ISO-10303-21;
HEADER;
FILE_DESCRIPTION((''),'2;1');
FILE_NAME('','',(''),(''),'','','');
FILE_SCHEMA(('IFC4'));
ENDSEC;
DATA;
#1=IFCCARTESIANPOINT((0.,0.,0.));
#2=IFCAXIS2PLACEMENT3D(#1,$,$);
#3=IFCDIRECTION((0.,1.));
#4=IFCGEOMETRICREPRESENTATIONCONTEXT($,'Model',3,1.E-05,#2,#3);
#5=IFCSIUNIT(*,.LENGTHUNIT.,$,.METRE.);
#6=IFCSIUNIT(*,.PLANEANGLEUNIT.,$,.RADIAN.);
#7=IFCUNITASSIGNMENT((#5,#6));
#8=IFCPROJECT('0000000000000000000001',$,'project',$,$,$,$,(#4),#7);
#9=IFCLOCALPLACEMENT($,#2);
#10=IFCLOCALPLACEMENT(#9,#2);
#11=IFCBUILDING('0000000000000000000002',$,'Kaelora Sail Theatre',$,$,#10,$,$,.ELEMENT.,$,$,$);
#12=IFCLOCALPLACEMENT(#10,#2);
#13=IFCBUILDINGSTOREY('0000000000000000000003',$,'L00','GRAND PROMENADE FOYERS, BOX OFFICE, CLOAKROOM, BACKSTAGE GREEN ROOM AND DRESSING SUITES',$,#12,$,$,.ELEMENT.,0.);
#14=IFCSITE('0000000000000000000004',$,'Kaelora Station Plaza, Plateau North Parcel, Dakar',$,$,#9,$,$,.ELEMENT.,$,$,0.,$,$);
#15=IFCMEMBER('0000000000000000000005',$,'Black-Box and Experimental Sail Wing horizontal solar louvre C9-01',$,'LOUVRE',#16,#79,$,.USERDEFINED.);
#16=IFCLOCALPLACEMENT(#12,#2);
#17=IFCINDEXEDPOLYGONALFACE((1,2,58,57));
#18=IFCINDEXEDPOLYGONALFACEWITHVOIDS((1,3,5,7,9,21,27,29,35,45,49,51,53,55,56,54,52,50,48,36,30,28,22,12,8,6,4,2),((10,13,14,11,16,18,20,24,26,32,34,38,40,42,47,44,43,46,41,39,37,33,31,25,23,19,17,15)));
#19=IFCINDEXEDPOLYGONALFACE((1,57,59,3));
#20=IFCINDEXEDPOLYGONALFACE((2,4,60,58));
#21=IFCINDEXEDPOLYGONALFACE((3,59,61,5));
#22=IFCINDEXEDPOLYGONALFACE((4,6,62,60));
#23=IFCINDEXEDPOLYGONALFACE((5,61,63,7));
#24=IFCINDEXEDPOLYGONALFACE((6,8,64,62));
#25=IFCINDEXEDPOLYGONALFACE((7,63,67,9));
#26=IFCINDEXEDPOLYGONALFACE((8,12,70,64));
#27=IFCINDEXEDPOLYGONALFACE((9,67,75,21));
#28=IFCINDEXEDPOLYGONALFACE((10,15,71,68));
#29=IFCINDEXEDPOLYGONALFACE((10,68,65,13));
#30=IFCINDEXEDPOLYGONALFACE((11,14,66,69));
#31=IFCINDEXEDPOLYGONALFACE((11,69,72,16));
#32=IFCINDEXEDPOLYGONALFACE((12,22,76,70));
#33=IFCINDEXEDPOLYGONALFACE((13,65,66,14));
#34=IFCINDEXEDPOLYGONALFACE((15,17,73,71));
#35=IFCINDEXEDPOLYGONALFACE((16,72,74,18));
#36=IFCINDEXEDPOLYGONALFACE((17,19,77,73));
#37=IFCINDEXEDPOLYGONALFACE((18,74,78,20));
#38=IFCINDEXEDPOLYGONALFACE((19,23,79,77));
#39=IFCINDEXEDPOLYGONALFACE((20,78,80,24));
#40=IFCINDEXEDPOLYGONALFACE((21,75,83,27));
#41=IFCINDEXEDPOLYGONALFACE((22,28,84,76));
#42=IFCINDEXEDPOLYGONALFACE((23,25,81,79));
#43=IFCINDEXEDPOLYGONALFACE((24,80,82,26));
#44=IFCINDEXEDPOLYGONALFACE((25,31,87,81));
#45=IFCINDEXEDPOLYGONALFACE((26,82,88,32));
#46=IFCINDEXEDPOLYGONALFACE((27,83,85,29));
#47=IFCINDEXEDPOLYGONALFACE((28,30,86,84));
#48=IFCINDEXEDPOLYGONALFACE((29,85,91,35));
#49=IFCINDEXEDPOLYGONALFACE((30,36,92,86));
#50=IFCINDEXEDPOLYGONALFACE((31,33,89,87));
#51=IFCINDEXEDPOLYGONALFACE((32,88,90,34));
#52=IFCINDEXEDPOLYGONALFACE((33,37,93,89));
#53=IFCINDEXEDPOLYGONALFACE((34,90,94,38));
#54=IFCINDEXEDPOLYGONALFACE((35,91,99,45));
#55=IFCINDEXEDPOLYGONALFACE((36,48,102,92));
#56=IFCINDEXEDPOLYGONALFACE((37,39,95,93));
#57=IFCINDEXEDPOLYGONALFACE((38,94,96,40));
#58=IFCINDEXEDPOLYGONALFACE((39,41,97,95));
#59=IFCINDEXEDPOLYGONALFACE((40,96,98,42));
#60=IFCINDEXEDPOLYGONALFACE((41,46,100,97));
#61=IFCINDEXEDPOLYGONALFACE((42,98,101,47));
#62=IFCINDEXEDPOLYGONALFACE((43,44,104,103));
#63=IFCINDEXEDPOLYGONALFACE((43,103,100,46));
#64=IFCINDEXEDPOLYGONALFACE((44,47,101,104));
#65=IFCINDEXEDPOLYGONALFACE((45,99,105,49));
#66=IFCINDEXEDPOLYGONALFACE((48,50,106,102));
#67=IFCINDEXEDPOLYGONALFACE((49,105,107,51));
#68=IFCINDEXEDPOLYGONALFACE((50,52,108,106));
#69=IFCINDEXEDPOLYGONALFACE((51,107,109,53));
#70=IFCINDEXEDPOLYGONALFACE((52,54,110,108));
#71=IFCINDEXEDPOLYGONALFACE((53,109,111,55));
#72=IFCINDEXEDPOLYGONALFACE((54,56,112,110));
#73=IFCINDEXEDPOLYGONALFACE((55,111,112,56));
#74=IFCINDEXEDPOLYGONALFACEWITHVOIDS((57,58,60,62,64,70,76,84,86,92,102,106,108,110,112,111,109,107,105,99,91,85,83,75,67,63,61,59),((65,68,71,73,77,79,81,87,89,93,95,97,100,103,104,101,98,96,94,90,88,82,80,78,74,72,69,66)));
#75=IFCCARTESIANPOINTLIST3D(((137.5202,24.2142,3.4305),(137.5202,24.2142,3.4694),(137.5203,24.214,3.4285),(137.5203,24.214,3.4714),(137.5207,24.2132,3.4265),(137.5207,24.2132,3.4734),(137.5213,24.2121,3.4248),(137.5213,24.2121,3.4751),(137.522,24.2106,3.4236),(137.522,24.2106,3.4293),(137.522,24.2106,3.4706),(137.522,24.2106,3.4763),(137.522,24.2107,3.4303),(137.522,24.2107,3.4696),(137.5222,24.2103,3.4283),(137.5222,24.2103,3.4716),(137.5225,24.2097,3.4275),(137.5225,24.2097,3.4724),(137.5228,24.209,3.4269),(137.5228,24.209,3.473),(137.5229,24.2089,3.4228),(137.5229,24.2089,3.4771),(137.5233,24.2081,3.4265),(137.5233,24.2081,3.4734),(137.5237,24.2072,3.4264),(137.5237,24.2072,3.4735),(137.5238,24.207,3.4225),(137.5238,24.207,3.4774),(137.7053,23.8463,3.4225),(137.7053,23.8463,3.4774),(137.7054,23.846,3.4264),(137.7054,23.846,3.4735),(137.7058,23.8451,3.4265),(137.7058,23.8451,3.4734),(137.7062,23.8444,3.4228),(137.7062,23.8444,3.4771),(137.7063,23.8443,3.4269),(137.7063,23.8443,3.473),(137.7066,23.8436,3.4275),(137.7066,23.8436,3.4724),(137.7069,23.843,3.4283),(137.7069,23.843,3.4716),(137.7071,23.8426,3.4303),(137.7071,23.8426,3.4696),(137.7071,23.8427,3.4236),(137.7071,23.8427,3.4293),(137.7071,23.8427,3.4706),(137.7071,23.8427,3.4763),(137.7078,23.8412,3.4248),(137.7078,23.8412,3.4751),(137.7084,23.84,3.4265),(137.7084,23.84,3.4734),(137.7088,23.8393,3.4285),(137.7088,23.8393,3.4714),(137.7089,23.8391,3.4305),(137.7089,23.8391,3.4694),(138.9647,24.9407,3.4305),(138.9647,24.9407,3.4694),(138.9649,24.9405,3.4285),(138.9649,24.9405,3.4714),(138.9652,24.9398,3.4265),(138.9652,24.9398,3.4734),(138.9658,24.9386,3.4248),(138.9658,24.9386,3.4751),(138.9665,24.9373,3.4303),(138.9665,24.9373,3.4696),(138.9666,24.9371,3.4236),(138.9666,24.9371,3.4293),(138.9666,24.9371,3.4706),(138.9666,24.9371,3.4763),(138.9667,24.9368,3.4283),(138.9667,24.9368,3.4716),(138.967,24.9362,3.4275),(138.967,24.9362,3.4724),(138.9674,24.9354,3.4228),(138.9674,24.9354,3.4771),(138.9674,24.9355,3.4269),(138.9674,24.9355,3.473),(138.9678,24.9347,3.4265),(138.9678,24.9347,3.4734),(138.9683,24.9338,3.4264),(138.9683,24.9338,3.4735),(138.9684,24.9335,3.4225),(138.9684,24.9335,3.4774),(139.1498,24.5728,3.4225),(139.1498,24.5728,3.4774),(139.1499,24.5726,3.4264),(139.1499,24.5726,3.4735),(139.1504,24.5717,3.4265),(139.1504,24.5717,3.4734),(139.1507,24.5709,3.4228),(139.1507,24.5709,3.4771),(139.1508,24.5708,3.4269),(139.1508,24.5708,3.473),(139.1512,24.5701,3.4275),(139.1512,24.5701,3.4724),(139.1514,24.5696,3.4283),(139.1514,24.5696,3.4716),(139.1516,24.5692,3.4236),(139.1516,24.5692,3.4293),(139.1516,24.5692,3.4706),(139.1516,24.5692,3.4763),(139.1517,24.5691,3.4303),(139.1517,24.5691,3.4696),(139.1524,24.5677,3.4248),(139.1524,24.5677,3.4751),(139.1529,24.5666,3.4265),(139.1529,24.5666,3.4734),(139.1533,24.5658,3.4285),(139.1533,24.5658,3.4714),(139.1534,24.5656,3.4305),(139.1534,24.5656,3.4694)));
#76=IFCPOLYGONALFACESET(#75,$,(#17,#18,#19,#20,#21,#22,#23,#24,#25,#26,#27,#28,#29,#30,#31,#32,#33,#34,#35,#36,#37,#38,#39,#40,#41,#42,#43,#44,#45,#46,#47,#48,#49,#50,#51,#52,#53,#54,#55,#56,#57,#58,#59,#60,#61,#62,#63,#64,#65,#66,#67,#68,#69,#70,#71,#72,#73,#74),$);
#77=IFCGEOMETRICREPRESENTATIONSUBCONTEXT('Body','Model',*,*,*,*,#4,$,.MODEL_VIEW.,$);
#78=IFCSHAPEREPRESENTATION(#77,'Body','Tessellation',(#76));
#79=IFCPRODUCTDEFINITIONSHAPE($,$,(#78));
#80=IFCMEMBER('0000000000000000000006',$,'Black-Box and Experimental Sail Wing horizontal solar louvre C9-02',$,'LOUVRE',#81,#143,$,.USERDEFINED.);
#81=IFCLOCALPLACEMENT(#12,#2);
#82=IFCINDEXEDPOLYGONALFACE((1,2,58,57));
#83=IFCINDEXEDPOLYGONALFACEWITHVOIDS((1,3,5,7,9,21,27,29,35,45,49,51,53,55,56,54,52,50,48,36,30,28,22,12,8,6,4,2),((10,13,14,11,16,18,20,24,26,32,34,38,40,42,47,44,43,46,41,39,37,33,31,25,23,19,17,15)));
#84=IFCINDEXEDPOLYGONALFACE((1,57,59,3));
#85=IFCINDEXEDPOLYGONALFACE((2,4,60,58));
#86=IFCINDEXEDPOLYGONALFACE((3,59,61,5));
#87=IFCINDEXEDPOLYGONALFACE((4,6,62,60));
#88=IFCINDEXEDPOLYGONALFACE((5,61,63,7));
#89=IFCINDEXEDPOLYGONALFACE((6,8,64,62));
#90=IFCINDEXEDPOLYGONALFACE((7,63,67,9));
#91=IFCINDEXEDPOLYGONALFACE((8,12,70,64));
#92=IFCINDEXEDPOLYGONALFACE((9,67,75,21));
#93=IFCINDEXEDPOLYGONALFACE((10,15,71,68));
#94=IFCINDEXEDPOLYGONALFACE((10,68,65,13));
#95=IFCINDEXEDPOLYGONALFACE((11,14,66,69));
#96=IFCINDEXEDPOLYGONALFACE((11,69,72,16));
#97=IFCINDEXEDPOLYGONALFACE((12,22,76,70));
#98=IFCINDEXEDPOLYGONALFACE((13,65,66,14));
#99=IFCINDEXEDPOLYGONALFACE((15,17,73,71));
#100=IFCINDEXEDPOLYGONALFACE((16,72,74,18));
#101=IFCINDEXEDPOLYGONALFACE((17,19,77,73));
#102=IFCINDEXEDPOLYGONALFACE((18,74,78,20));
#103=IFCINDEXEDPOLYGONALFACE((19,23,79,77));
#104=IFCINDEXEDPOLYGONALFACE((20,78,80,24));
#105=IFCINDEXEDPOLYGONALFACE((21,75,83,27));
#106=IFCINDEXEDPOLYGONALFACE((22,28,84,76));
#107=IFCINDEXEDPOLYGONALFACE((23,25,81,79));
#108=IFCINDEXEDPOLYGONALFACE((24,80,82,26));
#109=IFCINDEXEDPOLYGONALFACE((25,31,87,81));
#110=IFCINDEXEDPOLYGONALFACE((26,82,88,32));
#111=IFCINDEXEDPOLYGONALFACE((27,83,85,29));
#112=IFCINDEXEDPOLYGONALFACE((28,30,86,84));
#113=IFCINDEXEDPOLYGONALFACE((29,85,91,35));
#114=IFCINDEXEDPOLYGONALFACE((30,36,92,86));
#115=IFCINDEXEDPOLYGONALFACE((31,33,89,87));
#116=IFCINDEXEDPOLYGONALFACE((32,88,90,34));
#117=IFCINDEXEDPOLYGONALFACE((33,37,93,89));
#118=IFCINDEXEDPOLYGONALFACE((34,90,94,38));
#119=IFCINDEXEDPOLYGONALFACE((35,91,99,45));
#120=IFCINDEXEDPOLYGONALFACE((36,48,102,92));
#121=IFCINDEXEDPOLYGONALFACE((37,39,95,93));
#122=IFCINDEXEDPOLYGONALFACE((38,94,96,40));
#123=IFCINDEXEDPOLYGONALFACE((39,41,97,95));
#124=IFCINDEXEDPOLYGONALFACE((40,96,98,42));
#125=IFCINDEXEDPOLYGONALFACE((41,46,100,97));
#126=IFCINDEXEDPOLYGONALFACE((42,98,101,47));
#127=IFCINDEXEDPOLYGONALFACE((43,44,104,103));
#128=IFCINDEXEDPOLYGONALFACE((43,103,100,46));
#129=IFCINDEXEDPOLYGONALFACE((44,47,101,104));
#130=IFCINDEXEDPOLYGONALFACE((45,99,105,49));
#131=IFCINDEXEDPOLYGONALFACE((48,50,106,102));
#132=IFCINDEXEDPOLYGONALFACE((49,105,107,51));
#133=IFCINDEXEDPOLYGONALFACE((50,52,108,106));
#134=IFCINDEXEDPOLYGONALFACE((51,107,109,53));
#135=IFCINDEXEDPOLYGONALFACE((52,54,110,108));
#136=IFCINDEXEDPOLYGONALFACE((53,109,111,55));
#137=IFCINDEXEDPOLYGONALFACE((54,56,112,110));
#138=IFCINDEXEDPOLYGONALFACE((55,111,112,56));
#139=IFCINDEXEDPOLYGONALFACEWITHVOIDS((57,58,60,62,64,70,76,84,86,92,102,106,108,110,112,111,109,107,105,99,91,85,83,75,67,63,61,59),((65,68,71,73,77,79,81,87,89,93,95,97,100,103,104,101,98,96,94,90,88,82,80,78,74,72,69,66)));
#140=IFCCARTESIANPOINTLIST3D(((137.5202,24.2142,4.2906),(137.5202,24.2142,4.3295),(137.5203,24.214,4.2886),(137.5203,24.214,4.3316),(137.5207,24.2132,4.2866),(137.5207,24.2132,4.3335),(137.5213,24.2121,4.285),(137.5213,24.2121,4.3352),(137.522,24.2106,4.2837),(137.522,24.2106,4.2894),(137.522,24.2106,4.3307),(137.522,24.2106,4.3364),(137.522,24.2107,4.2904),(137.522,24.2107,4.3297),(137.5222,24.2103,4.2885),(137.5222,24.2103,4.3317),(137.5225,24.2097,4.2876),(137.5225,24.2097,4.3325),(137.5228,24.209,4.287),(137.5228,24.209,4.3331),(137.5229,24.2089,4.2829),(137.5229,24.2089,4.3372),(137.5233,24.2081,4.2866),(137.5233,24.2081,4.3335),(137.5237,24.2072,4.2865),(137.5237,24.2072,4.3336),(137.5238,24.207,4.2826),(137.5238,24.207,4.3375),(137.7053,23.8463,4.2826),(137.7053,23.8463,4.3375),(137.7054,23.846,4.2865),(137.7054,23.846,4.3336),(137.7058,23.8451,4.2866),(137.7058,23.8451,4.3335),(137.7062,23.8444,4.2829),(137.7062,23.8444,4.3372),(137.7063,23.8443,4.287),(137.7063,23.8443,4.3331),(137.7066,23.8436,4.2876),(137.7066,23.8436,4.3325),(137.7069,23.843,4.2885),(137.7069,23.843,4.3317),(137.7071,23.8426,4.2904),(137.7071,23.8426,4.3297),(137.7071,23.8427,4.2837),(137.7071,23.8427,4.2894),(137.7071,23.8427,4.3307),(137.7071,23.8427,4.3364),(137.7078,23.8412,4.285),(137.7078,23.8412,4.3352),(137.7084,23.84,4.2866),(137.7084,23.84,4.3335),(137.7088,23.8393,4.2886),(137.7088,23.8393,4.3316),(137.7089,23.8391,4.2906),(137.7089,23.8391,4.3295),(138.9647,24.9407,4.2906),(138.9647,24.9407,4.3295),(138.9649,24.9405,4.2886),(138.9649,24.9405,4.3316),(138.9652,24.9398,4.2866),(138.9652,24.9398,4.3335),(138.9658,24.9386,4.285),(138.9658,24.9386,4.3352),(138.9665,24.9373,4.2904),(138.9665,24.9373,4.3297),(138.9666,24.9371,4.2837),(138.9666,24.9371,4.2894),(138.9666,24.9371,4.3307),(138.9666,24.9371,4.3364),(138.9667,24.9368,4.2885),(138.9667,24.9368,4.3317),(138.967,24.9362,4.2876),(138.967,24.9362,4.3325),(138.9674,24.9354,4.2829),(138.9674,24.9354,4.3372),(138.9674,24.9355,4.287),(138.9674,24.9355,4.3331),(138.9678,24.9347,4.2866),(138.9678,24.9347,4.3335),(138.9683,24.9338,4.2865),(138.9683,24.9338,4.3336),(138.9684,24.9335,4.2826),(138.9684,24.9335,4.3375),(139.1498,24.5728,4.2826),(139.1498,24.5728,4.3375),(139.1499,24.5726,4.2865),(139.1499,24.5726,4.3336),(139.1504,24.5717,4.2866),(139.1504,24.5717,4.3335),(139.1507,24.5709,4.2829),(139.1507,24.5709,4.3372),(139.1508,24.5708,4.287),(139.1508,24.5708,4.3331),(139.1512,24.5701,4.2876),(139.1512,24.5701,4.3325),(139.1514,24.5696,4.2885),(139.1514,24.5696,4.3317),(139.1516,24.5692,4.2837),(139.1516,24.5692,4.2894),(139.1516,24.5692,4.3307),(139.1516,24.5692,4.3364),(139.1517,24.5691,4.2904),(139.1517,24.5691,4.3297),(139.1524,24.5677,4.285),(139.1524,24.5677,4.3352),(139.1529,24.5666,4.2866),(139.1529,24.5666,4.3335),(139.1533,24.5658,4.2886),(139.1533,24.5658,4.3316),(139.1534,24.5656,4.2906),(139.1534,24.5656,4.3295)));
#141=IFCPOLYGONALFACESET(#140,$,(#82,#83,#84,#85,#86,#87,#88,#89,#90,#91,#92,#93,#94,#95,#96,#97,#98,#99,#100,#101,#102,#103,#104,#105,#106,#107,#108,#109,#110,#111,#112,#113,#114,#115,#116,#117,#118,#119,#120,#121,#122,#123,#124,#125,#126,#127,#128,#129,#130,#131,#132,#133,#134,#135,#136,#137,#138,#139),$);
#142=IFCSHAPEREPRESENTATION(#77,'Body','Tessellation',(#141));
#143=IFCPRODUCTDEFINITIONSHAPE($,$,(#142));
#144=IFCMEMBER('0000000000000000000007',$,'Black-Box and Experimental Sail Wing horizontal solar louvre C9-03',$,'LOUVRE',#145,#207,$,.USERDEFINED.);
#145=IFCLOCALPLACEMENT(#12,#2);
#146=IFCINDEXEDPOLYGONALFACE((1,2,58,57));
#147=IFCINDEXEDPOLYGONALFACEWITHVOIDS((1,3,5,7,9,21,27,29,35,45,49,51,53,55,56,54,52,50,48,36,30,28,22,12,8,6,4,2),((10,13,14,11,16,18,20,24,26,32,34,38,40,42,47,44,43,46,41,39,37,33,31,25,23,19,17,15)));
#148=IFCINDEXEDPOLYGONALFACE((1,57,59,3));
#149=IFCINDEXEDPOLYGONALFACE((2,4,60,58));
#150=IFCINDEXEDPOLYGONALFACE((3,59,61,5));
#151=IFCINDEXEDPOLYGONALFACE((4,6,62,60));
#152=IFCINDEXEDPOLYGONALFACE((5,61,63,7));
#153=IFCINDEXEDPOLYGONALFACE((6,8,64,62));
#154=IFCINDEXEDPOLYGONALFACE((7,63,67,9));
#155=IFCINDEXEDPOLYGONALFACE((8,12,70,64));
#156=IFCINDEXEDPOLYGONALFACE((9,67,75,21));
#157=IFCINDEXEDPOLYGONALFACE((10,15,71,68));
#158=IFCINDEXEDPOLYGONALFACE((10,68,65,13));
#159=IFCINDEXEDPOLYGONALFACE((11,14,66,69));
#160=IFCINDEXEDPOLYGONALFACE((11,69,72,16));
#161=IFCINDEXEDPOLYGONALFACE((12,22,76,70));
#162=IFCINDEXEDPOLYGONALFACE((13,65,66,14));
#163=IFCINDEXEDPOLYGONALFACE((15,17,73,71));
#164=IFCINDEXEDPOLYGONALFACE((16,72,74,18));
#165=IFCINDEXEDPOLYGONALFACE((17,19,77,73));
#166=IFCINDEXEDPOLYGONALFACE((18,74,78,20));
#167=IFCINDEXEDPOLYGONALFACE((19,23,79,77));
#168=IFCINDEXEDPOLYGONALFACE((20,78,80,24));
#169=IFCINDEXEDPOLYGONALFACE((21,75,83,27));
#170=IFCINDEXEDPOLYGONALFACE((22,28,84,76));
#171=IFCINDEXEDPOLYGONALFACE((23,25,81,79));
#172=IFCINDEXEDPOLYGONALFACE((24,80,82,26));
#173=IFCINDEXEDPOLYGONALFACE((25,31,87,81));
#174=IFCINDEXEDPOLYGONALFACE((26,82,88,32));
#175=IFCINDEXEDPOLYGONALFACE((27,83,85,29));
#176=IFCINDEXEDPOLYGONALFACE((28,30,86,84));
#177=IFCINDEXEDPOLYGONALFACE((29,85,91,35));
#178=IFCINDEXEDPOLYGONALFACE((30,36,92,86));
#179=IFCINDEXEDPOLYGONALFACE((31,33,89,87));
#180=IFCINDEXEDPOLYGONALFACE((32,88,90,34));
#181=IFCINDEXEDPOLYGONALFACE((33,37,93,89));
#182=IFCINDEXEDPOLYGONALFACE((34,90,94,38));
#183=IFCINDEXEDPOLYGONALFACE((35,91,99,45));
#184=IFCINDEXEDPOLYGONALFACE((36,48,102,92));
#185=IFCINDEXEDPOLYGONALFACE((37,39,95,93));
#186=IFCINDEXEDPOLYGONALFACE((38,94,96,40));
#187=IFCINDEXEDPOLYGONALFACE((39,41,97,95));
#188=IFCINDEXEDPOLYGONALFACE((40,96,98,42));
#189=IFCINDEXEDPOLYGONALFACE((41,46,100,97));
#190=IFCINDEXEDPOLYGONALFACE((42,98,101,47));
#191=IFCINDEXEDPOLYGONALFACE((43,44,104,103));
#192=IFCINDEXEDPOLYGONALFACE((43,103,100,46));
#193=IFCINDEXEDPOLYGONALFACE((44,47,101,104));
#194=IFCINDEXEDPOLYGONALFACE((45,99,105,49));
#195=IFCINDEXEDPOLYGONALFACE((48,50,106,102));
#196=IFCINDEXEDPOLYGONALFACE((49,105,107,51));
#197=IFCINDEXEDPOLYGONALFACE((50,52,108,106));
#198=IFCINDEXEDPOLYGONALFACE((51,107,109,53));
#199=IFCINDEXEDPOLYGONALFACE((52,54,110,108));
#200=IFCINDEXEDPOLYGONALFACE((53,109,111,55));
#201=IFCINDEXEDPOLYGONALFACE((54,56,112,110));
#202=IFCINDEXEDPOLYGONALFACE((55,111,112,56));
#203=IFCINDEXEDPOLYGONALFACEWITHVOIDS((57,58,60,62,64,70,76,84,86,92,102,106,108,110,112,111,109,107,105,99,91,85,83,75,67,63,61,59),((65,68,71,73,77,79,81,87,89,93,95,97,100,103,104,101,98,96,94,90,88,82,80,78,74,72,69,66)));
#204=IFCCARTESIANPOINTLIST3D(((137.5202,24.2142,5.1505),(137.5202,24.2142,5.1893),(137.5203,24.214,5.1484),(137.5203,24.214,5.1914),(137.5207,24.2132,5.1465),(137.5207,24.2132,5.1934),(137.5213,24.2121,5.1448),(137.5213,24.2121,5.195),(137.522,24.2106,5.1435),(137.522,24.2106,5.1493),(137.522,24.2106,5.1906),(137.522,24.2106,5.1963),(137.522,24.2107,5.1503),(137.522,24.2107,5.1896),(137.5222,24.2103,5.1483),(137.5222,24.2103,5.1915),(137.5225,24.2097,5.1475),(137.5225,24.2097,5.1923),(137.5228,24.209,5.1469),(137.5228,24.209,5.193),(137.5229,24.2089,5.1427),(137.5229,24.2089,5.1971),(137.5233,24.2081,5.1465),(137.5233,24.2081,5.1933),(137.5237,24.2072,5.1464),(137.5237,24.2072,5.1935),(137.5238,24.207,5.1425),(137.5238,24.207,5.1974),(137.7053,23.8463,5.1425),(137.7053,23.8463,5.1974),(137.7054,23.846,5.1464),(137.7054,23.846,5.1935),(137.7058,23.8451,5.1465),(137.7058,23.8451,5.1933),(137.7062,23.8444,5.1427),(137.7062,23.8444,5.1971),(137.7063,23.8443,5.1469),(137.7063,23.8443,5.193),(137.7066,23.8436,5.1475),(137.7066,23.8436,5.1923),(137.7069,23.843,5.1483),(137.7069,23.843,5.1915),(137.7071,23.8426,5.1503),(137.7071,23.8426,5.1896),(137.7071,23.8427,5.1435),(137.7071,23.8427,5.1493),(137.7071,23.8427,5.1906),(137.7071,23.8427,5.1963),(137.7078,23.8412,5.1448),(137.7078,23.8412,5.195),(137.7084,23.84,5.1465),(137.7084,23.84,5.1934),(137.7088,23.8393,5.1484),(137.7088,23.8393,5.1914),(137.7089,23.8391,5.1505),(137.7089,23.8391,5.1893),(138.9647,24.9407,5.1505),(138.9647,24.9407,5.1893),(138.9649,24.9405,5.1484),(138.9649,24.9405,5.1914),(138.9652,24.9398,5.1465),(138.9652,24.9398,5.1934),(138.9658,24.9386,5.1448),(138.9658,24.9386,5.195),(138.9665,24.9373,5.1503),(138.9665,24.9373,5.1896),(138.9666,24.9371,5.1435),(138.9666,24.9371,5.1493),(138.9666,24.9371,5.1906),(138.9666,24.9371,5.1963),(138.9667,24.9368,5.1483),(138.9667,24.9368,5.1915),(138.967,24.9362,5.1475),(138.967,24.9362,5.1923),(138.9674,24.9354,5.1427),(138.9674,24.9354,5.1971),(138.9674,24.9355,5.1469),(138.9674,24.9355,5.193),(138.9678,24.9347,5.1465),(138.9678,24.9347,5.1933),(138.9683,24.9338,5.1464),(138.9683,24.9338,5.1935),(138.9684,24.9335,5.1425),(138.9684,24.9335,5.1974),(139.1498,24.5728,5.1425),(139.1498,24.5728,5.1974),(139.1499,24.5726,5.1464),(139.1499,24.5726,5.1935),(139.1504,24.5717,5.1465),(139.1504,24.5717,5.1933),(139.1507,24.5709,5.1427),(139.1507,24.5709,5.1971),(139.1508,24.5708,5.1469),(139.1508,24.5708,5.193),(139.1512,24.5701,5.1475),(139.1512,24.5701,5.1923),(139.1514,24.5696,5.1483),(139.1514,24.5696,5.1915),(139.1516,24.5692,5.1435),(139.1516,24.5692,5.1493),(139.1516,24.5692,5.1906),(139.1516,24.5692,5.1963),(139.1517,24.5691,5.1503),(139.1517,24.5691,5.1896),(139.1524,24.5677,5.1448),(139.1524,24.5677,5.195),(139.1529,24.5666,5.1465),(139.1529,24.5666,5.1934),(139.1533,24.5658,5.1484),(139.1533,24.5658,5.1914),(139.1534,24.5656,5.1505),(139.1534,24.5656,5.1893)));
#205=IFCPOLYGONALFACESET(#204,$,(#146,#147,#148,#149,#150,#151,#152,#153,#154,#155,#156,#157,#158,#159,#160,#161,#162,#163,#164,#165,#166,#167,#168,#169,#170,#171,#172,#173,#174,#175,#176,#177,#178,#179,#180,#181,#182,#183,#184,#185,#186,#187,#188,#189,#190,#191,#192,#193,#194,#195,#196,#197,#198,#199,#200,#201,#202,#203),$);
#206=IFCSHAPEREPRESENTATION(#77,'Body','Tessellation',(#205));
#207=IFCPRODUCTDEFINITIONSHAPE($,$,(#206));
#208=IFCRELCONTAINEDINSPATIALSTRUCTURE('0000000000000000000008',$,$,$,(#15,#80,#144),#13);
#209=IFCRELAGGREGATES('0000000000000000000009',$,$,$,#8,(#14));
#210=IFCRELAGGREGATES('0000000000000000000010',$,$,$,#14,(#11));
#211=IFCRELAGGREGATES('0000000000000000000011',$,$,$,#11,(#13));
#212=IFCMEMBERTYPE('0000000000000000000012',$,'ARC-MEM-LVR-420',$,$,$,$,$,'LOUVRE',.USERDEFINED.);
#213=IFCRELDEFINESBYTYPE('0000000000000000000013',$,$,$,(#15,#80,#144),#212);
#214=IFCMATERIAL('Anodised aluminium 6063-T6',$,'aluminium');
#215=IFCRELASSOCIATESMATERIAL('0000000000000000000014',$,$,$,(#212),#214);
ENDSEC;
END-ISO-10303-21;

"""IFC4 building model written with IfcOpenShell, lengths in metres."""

from ifc_helpers import new_model, si_unit, direction, frame, origin, origin_2d, place, context, subcontext, project, spatial, hollow_rectangle, extrude, material, material_profile, profile_set, type_object, element, save


model = new_model("IFC4")

# Units and contexts
model_context = context("Model", 3, precision=1e-05, world=origin(), true_north=direction((0.0, 1.0)))
body_context = subcontext(model_context, "Body", "Model", "MODEL_VIEW")
ifc_project = project(units=[si_unit("LENGTHUNIT", "METRE"), si_unit("PLANEANGLEUNIT", "RADIAN")], contexts=[model_context])

# Site, building, storey
site_placement = place(None, origin())
site = spatial("IfcSite", under=ifc_project, at=site_placement, Name="Kaelora Station Plaza, Plateau North Parcel, Dakar", CompositionType="ELEMENT", RefElevation=0.0)
building_placement = place(site_placement, origin())
building = spatial("IfcBuilding", under=site, at=building_placement, Name="Kaelora Sail Theatre", CompositionType="ELEMENT")
storey_placement = place(building_placement, origin())
storey = spatial("IfcBuildingStorey", under=building, at=storey_placement, Name="L00", Description="GRAND PROMENADE FOYERS, BOX OFFICE, CLOAKROOM, BACKSTAGE GREEN ROOM AND DRESSING SUITES", CompositionType="ELEMENT", Elevation=0.0)

# Members
ifc_material_1 = material(Name="Anodised aluminium 6063-T6", Category="aluminium")
ifc_material_profile_1 = material_profile(ifc_material_1, hollow_rectangle(XDim=0.4199, YDim=0.0549, WallThickness=0.0039, InnerFilletRadius=0.0039, OuterFilletRadius=0.0081, at=origin_2d()), Name="LOUVRE 420x55x4")
ifc_profile_set_1 = profile_set([ifc_material_profile_1], Name="Anodised aluminium 6063-T6")
member_type_1 = type_object("IfcMemberType", Name="ARC-MEM-LVR-420", ElementType="LOUVRE", PredefinedType="USERDEFINED", material=ifc_profile_set_1)
for number, where, z_axis, x_axis, name in (
    (1, (139.0591, 24.7532, 3.45), (-0.893368, -0.449326, 0.0), (0.449326, -0.893368, 0.0), "Black-Box and Experimental Sail Wing horizontal solar louvre C9-01"),
    (2, (139.0591, 24.7532, 4.3101), (-0.893368, -0.449326, 0.0), (0.449326, -0.893368, 0.0), "Black-Box and Experimental Sail Wing horizontal solar louvre C9-02"),
    (3, (139.0591, 24.7532, 5.1699), (-0.893368, -0.449326, 0.0), (0.449326, -0.893368, 0.0), "Black-Box and Experimental Sail Wing horizontal solar louvre C9-03"),
):
    element("IfcMember", number, at=place(storey_placement, frame(where, z_axis=z_axis, x_axis=x_axis)), inside=storey, type_object=member_type_1, Name=name, ObjectType="LOUVRE", PredefinedType="USERDEFINED", context=body_context, shape_type="SweptSolid", body=[
        extrude(hollow_rectangle(XDim=0.4199, YDim=0.0549, WallThickness=0.0039, InnerFilletRadius=0.0039, OuterFilletRadius=0.0081, at=origin_2d()), origin(), (0.0, 0.0, 1.0), 1.6169),
    ])

save(model, "model.ifc")
